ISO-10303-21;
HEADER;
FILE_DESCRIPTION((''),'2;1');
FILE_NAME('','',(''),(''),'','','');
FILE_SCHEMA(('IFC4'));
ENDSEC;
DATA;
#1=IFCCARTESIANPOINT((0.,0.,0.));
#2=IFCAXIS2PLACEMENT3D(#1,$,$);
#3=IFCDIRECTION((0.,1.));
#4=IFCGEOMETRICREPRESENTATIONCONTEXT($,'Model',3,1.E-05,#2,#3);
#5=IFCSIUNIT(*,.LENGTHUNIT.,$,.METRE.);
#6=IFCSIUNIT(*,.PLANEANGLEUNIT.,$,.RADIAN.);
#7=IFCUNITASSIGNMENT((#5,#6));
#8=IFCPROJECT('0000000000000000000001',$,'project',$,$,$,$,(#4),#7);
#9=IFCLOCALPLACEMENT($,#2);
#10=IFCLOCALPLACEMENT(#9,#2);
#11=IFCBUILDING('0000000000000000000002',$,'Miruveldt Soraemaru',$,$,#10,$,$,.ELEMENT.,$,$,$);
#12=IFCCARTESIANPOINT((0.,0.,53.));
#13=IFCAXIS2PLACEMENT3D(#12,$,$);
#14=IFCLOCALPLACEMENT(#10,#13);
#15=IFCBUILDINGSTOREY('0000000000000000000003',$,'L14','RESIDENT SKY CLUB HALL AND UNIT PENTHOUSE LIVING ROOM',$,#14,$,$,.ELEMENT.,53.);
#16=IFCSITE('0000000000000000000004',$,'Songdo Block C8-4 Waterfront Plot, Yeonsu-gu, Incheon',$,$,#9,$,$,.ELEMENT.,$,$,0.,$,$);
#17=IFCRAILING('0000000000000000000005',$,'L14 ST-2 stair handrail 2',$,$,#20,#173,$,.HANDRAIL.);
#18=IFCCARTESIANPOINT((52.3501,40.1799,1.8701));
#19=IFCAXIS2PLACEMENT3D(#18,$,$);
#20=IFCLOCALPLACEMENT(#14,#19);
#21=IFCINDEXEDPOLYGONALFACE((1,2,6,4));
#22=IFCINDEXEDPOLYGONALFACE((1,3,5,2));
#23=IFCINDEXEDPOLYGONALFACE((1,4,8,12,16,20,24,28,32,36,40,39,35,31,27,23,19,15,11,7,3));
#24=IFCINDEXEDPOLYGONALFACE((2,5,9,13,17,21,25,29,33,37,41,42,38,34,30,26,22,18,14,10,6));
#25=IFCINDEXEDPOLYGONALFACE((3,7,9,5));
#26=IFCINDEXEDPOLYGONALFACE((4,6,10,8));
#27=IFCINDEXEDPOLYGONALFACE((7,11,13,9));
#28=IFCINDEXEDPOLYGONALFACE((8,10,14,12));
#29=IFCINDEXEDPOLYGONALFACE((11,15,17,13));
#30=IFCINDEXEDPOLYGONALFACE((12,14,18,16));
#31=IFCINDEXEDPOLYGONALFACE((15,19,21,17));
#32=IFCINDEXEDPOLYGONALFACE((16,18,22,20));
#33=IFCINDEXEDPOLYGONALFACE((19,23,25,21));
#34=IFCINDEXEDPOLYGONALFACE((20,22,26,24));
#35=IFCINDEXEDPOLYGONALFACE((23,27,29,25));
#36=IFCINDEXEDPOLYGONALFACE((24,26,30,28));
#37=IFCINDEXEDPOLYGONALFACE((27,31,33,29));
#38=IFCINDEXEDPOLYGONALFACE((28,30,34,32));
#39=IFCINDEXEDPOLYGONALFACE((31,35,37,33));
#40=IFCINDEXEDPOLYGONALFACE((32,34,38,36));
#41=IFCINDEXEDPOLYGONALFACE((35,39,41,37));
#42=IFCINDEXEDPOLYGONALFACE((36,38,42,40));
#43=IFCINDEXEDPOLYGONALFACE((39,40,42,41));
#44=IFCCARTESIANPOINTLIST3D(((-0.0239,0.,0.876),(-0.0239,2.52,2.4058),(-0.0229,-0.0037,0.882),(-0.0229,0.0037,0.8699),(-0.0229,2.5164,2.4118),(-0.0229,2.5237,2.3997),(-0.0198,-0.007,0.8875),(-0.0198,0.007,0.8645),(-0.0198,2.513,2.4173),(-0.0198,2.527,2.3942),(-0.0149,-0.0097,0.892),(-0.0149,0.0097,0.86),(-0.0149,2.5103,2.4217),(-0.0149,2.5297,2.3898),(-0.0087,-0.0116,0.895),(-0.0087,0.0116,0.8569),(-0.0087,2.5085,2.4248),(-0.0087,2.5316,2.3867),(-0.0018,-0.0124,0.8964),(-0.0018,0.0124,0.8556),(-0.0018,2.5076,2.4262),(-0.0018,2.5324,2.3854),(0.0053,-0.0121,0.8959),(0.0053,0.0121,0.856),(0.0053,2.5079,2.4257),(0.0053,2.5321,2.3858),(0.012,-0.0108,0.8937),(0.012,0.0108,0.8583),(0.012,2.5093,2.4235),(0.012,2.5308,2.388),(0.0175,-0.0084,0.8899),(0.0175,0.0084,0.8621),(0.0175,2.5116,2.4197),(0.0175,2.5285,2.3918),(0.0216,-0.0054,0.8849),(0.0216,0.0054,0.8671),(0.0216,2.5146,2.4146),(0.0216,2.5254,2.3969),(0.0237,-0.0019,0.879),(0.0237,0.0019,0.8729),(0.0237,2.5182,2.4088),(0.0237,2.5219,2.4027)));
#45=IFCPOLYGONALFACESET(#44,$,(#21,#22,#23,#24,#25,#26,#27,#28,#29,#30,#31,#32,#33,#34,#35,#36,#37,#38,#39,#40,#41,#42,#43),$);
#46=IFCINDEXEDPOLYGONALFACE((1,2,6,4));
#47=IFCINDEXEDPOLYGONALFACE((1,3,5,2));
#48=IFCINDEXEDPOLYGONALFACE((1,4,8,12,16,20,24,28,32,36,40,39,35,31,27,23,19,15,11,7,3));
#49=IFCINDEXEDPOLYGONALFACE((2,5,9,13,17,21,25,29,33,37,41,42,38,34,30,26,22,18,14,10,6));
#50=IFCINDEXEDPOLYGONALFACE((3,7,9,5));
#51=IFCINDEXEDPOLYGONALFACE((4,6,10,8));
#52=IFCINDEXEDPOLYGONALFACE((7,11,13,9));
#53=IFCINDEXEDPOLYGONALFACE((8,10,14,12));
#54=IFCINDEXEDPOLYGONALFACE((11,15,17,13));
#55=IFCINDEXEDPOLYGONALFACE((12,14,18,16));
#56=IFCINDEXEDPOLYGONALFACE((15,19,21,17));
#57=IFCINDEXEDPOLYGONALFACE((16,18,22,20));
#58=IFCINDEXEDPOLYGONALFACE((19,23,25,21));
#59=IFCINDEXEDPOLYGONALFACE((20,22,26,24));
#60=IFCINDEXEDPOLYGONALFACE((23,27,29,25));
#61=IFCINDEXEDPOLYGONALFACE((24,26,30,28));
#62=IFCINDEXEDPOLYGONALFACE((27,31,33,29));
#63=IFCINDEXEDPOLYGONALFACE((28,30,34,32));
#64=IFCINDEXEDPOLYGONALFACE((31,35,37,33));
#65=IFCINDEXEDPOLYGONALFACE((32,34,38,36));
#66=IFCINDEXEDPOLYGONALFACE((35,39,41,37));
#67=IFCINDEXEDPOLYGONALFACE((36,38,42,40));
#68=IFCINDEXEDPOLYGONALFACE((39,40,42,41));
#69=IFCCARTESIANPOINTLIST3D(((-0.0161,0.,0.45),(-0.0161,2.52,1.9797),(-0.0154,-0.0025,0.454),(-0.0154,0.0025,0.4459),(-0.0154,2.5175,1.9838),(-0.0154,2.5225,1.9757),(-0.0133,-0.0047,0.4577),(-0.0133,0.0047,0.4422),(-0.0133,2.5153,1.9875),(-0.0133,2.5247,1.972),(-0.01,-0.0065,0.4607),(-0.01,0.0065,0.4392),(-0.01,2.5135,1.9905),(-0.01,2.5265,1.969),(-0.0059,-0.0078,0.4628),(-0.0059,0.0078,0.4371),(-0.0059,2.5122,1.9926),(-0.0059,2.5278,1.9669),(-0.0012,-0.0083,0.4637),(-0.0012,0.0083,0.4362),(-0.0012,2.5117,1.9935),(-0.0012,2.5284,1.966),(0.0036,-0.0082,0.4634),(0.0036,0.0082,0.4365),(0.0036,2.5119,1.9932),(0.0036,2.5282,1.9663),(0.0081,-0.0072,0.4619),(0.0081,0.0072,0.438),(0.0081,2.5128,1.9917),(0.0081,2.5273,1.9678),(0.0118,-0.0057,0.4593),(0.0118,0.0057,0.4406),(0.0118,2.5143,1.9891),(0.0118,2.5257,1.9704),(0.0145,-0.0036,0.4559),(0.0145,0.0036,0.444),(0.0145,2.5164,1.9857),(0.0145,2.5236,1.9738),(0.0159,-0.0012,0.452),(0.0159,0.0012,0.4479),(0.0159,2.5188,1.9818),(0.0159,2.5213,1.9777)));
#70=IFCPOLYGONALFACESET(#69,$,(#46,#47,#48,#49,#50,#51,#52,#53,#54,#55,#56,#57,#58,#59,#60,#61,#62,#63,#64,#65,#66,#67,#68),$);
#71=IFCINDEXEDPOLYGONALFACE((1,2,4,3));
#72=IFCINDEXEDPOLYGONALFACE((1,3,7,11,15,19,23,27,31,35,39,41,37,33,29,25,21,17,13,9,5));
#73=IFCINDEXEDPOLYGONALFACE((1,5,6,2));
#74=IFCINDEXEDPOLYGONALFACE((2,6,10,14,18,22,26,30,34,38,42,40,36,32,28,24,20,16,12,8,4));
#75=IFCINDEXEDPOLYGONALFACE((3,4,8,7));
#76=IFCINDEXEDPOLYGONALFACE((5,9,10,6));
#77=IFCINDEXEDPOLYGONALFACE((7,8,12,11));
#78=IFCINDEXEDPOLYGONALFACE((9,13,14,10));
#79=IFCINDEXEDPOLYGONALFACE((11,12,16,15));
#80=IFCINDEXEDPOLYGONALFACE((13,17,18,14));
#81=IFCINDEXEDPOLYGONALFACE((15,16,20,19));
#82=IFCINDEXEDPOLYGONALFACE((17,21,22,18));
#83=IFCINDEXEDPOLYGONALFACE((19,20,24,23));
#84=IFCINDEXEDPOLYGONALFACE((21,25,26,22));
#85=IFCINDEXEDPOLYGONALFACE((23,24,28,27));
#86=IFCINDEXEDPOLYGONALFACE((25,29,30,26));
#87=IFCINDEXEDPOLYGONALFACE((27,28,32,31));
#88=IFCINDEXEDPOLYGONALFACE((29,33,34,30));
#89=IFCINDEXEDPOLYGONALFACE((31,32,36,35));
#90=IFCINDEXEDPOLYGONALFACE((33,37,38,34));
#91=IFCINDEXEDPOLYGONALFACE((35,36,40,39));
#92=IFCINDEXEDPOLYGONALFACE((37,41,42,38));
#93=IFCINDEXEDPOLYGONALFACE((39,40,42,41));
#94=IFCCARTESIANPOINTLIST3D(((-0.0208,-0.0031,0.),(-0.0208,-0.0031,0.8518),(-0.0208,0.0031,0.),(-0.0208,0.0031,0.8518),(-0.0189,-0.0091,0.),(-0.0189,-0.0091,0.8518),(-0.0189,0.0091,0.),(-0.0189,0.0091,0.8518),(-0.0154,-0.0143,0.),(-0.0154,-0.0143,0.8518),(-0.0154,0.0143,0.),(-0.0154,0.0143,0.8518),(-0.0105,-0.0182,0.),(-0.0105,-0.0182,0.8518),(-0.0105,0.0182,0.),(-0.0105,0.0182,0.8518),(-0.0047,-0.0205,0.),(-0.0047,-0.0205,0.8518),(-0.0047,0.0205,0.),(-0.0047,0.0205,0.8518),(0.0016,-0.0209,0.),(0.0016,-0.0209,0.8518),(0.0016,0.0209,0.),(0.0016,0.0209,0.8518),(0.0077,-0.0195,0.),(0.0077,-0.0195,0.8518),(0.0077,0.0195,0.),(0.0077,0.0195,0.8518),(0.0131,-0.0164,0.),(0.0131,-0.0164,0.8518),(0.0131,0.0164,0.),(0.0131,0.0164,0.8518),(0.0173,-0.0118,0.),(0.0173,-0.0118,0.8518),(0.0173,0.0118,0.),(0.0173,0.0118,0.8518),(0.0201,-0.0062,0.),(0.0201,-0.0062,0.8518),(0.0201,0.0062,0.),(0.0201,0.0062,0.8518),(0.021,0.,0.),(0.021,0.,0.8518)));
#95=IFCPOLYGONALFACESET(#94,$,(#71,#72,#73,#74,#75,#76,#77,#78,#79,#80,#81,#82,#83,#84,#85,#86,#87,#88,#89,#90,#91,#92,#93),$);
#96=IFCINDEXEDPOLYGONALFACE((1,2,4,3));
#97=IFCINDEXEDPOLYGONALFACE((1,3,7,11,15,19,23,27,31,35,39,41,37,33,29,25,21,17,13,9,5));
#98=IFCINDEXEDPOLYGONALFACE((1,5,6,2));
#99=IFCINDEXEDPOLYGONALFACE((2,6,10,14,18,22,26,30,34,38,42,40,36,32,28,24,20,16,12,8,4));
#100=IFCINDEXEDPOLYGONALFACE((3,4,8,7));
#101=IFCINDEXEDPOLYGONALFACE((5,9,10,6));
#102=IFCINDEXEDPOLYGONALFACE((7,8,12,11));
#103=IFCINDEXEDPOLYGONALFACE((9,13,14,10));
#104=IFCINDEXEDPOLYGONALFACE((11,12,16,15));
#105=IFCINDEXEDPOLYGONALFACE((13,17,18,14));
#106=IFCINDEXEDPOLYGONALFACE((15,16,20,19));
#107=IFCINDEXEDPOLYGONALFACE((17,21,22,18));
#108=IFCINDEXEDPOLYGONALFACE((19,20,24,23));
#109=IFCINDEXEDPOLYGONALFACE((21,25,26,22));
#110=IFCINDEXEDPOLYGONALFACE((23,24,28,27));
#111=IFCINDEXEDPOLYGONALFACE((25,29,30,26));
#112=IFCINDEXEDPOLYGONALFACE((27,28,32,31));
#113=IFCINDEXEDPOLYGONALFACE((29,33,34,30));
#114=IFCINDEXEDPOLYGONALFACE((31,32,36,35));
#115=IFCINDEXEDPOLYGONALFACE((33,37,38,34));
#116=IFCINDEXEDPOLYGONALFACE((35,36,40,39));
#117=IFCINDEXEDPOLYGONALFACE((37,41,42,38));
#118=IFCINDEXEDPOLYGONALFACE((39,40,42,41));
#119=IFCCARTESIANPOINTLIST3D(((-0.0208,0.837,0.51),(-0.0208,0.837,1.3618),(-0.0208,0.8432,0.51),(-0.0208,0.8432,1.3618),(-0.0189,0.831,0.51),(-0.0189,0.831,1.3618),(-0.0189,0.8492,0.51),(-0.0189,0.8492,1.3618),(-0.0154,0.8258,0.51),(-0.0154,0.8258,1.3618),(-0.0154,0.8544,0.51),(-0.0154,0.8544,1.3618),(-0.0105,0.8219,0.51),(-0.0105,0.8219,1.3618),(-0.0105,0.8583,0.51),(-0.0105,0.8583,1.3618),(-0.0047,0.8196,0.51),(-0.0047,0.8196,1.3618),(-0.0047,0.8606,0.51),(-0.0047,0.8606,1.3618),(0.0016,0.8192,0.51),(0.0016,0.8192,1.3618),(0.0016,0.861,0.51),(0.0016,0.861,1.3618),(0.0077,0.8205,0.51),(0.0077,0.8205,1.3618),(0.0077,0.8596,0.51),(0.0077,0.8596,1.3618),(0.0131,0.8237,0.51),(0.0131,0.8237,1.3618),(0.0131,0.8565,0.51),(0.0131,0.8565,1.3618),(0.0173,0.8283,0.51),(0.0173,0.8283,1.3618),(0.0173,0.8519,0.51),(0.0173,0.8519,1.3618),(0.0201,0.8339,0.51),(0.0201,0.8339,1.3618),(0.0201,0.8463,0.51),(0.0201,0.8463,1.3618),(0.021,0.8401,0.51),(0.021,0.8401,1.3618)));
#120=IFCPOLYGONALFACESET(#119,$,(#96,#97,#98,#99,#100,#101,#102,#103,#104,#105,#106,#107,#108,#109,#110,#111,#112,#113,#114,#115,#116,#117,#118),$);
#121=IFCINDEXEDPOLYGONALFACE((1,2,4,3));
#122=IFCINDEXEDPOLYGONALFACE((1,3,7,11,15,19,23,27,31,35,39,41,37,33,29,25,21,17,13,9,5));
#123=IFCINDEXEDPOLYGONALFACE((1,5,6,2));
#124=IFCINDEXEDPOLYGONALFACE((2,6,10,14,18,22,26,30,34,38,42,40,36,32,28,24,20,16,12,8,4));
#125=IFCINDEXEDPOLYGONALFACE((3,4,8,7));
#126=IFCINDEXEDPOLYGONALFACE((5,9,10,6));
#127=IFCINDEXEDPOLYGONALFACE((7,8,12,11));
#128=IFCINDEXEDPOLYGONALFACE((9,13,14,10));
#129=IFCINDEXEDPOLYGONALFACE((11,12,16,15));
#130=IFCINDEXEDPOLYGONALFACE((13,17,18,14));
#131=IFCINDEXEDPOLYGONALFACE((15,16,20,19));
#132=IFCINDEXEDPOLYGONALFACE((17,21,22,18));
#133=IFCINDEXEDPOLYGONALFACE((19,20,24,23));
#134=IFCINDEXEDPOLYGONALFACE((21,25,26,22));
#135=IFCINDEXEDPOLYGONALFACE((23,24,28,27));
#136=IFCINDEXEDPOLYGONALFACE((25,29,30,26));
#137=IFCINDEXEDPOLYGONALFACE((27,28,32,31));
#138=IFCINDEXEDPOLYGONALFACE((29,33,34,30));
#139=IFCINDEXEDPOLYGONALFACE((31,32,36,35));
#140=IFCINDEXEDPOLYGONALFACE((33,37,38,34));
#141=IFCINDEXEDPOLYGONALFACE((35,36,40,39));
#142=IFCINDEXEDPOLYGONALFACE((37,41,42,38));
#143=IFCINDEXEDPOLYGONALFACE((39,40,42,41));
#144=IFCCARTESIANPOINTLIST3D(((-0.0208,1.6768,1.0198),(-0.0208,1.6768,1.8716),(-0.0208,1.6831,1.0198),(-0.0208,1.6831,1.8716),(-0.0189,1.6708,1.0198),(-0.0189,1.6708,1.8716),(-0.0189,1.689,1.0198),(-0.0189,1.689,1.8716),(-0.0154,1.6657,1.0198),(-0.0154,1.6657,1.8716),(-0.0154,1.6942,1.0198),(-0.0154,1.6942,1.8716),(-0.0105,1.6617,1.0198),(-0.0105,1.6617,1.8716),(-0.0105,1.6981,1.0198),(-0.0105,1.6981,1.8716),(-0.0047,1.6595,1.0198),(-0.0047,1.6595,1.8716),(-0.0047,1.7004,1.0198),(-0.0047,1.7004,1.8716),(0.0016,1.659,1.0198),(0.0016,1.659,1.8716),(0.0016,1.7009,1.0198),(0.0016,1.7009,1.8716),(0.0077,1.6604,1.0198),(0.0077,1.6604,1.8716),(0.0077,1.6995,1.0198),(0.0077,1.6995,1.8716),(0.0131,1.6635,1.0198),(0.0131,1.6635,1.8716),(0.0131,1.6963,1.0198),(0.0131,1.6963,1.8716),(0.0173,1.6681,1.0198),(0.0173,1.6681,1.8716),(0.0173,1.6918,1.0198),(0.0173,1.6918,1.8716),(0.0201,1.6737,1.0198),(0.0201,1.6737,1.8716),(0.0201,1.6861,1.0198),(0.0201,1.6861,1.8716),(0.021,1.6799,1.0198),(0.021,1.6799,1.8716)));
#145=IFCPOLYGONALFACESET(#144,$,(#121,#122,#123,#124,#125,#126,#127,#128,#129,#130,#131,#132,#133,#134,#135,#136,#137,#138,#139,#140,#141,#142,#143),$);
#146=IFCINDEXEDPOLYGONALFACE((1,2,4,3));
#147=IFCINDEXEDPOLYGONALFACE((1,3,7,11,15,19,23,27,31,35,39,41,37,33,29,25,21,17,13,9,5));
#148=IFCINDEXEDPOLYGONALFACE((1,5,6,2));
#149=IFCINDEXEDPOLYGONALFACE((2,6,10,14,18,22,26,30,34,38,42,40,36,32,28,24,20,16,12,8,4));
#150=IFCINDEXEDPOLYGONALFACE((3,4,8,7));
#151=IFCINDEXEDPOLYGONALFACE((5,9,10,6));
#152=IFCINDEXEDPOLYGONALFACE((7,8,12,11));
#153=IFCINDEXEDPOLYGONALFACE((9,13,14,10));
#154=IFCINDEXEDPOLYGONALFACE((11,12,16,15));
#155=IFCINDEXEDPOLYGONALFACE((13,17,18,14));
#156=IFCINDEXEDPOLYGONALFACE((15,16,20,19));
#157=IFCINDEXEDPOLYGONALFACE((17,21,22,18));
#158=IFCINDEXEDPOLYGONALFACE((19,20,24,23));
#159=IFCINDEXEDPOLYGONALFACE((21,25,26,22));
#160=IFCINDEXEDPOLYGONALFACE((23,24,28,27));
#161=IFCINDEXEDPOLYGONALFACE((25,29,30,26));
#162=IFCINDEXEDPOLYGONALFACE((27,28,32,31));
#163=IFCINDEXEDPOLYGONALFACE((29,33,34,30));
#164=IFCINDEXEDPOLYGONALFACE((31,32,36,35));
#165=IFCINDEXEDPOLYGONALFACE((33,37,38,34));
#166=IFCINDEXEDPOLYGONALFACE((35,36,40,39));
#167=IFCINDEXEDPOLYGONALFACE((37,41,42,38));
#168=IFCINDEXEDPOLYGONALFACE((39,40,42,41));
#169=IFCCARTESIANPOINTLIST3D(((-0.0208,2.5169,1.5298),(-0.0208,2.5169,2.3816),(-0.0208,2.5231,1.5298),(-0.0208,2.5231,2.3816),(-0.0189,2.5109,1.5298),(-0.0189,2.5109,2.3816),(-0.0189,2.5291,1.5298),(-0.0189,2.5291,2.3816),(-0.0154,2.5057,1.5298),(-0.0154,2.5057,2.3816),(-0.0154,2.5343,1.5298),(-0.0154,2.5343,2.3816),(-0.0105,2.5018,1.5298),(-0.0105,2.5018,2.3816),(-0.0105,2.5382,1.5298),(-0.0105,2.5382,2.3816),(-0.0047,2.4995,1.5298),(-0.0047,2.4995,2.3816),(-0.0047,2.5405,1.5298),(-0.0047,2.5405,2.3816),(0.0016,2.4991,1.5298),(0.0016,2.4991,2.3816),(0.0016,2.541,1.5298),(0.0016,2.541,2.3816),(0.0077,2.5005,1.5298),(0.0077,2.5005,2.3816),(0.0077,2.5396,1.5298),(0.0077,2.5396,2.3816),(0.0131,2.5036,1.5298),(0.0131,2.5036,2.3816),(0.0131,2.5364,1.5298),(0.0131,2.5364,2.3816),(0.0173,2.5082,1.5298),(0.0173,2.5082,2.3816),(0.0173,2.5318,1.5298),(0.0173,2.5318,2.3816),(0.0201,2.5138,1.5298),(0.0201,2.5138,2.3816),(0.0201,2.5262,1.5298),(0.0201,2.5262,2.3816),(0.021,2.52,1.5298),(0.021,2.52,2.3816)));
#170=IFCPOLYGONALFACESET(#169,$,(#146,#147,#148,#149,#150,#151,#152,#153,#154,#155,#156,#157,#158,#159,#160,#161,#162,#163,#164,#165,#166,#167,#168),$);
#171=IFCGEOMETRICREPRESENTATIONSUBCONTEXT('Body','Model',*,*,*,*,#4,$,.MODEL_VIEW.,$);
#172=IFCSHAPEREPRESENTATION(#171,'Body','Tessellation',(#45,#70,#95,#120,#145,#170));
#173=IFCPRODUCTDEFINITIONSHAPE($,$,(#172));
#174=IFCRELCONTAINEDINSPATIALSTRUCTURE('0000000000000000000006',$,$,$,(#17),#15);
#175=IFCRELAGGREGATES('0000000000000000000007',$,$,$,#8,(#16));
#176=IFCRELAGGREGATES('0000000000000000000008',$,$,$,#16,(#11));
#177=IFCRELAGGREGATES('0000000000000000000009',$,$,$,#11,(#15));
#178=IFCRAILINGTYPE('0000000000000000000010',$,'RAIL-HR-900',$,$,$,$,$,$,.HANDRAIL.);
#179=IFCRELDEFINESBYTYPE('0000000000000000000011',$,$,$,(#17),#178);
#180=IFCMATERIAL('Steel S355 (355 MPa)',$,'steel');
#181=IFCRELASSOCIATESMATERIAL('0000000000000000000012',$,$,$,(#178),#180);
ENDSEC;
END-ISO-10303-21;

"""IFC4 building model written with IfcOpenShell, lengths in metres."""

from ifc_helpers import new_model, si_unit, direction, frame, origin, origin_2d, place, context, subcontext, project, spatial, circle, extrude, material, type_object, element, save


model = new_model("IFC4")

# Units and contexts
model_context = context("Model", 3, precision=1e-05, world=origin(), true_north=direction((0.0, 1.0)))
body_context = subcontext(model_context, "Body", "Model", "MODEL_VIEW")
ifc_project = project(units=[si_unit("LENGTHUNIT", "METRE"), si_unit("PLANEANGLEUNIT", "RADIAN")], contexts=[model_context])

# Site, building, storey
site_placement = place(None, origin())
site = spatial("IfcSite", under=ifc_project, at=site_placement, Name="Songdo Block C8-4 Waterfront Plot, Yeonsu-gu, Incheon", CompositionType="ELEMENT", RefElevation=0.0)
building_placement = place(site_placement, origin())
building = spatial("IfcBuilding", under=site, at=building_placement, Name="Miruveldt Soraemaru", CompositionType="ELEMENT")
storey_placement = place(building_placement, frame((0.0, 0.0, 53.0)))
storey = spatial("IfcBuildingStorey", under=building, at=storey_placement, Name="L14", Description="RESIDENT SKY CLUB HALL AND UNIT PENTHOUSE LIVING ROOM", CompositionType="ELEMENT", Elevation=53.0)

# Railing
ifc_material_1 = material(Name="Steel S355 (355 MPa)", Category="steel")
railing_type_1 = type_object("IfcRailingType", Name="RAIL-HR-900", PredefinedType="HANDRAIL", material=ifc_material_1)
railing_1_placement = place(storey_placement, frame((52.3501, 40.1799, 1.8701)))
element("IfcRailing", 1, at=railing_1_placement, inside=storey, type_object=railing_type_1, Name="L14 ST-2 stair handrail 2", PredefinedType="HANDRAIL", context=body_context, shape_type="SweptSolid", body=[
    extrude(circle(Radius=0.0239, at=origin_2d()), frame((0.0, 0.0, 0.876), z_axis=(0.0, 0.854822, 0.518922), x_axis=(-1.0, 0.0, 0.0)), (0.0, 0.0, 1.0), 2.948),
    extrude(circle(Radius=0.0161, at=origin_2d()), frame((0.0, 0.0, 0.45), z_axis=(0.0, 0.854822, 0.518922), x_axis=(-1.0, 0.0, 0.0)), (0.0, 0.0, 1.0), 2.948),
    extrude(circle(Radius=0.021, at=origin_2d()), origin(), (0.0, 0.0, 1.0), 0.8518),
    extrude(circle(Radius=0.021, at=origin_2d()), frame((0.0, 0.8401, 0.51)), (0.0, 0.0, 1.0), 0.8518),
    extrude(circle(Radius=0.021, at=origin_2d()), frame((0.0, 1.6799, 1.0198)), (0.0, 0.0, 1.0), 0.8518),
    extrude(circle(Radius=0.021, at=origin_2d()), frame((0.0, 2.52, 1.5298)), (0.0, 0.0, 1.0), 0.8518),
])

save(model, "model.ifc")
